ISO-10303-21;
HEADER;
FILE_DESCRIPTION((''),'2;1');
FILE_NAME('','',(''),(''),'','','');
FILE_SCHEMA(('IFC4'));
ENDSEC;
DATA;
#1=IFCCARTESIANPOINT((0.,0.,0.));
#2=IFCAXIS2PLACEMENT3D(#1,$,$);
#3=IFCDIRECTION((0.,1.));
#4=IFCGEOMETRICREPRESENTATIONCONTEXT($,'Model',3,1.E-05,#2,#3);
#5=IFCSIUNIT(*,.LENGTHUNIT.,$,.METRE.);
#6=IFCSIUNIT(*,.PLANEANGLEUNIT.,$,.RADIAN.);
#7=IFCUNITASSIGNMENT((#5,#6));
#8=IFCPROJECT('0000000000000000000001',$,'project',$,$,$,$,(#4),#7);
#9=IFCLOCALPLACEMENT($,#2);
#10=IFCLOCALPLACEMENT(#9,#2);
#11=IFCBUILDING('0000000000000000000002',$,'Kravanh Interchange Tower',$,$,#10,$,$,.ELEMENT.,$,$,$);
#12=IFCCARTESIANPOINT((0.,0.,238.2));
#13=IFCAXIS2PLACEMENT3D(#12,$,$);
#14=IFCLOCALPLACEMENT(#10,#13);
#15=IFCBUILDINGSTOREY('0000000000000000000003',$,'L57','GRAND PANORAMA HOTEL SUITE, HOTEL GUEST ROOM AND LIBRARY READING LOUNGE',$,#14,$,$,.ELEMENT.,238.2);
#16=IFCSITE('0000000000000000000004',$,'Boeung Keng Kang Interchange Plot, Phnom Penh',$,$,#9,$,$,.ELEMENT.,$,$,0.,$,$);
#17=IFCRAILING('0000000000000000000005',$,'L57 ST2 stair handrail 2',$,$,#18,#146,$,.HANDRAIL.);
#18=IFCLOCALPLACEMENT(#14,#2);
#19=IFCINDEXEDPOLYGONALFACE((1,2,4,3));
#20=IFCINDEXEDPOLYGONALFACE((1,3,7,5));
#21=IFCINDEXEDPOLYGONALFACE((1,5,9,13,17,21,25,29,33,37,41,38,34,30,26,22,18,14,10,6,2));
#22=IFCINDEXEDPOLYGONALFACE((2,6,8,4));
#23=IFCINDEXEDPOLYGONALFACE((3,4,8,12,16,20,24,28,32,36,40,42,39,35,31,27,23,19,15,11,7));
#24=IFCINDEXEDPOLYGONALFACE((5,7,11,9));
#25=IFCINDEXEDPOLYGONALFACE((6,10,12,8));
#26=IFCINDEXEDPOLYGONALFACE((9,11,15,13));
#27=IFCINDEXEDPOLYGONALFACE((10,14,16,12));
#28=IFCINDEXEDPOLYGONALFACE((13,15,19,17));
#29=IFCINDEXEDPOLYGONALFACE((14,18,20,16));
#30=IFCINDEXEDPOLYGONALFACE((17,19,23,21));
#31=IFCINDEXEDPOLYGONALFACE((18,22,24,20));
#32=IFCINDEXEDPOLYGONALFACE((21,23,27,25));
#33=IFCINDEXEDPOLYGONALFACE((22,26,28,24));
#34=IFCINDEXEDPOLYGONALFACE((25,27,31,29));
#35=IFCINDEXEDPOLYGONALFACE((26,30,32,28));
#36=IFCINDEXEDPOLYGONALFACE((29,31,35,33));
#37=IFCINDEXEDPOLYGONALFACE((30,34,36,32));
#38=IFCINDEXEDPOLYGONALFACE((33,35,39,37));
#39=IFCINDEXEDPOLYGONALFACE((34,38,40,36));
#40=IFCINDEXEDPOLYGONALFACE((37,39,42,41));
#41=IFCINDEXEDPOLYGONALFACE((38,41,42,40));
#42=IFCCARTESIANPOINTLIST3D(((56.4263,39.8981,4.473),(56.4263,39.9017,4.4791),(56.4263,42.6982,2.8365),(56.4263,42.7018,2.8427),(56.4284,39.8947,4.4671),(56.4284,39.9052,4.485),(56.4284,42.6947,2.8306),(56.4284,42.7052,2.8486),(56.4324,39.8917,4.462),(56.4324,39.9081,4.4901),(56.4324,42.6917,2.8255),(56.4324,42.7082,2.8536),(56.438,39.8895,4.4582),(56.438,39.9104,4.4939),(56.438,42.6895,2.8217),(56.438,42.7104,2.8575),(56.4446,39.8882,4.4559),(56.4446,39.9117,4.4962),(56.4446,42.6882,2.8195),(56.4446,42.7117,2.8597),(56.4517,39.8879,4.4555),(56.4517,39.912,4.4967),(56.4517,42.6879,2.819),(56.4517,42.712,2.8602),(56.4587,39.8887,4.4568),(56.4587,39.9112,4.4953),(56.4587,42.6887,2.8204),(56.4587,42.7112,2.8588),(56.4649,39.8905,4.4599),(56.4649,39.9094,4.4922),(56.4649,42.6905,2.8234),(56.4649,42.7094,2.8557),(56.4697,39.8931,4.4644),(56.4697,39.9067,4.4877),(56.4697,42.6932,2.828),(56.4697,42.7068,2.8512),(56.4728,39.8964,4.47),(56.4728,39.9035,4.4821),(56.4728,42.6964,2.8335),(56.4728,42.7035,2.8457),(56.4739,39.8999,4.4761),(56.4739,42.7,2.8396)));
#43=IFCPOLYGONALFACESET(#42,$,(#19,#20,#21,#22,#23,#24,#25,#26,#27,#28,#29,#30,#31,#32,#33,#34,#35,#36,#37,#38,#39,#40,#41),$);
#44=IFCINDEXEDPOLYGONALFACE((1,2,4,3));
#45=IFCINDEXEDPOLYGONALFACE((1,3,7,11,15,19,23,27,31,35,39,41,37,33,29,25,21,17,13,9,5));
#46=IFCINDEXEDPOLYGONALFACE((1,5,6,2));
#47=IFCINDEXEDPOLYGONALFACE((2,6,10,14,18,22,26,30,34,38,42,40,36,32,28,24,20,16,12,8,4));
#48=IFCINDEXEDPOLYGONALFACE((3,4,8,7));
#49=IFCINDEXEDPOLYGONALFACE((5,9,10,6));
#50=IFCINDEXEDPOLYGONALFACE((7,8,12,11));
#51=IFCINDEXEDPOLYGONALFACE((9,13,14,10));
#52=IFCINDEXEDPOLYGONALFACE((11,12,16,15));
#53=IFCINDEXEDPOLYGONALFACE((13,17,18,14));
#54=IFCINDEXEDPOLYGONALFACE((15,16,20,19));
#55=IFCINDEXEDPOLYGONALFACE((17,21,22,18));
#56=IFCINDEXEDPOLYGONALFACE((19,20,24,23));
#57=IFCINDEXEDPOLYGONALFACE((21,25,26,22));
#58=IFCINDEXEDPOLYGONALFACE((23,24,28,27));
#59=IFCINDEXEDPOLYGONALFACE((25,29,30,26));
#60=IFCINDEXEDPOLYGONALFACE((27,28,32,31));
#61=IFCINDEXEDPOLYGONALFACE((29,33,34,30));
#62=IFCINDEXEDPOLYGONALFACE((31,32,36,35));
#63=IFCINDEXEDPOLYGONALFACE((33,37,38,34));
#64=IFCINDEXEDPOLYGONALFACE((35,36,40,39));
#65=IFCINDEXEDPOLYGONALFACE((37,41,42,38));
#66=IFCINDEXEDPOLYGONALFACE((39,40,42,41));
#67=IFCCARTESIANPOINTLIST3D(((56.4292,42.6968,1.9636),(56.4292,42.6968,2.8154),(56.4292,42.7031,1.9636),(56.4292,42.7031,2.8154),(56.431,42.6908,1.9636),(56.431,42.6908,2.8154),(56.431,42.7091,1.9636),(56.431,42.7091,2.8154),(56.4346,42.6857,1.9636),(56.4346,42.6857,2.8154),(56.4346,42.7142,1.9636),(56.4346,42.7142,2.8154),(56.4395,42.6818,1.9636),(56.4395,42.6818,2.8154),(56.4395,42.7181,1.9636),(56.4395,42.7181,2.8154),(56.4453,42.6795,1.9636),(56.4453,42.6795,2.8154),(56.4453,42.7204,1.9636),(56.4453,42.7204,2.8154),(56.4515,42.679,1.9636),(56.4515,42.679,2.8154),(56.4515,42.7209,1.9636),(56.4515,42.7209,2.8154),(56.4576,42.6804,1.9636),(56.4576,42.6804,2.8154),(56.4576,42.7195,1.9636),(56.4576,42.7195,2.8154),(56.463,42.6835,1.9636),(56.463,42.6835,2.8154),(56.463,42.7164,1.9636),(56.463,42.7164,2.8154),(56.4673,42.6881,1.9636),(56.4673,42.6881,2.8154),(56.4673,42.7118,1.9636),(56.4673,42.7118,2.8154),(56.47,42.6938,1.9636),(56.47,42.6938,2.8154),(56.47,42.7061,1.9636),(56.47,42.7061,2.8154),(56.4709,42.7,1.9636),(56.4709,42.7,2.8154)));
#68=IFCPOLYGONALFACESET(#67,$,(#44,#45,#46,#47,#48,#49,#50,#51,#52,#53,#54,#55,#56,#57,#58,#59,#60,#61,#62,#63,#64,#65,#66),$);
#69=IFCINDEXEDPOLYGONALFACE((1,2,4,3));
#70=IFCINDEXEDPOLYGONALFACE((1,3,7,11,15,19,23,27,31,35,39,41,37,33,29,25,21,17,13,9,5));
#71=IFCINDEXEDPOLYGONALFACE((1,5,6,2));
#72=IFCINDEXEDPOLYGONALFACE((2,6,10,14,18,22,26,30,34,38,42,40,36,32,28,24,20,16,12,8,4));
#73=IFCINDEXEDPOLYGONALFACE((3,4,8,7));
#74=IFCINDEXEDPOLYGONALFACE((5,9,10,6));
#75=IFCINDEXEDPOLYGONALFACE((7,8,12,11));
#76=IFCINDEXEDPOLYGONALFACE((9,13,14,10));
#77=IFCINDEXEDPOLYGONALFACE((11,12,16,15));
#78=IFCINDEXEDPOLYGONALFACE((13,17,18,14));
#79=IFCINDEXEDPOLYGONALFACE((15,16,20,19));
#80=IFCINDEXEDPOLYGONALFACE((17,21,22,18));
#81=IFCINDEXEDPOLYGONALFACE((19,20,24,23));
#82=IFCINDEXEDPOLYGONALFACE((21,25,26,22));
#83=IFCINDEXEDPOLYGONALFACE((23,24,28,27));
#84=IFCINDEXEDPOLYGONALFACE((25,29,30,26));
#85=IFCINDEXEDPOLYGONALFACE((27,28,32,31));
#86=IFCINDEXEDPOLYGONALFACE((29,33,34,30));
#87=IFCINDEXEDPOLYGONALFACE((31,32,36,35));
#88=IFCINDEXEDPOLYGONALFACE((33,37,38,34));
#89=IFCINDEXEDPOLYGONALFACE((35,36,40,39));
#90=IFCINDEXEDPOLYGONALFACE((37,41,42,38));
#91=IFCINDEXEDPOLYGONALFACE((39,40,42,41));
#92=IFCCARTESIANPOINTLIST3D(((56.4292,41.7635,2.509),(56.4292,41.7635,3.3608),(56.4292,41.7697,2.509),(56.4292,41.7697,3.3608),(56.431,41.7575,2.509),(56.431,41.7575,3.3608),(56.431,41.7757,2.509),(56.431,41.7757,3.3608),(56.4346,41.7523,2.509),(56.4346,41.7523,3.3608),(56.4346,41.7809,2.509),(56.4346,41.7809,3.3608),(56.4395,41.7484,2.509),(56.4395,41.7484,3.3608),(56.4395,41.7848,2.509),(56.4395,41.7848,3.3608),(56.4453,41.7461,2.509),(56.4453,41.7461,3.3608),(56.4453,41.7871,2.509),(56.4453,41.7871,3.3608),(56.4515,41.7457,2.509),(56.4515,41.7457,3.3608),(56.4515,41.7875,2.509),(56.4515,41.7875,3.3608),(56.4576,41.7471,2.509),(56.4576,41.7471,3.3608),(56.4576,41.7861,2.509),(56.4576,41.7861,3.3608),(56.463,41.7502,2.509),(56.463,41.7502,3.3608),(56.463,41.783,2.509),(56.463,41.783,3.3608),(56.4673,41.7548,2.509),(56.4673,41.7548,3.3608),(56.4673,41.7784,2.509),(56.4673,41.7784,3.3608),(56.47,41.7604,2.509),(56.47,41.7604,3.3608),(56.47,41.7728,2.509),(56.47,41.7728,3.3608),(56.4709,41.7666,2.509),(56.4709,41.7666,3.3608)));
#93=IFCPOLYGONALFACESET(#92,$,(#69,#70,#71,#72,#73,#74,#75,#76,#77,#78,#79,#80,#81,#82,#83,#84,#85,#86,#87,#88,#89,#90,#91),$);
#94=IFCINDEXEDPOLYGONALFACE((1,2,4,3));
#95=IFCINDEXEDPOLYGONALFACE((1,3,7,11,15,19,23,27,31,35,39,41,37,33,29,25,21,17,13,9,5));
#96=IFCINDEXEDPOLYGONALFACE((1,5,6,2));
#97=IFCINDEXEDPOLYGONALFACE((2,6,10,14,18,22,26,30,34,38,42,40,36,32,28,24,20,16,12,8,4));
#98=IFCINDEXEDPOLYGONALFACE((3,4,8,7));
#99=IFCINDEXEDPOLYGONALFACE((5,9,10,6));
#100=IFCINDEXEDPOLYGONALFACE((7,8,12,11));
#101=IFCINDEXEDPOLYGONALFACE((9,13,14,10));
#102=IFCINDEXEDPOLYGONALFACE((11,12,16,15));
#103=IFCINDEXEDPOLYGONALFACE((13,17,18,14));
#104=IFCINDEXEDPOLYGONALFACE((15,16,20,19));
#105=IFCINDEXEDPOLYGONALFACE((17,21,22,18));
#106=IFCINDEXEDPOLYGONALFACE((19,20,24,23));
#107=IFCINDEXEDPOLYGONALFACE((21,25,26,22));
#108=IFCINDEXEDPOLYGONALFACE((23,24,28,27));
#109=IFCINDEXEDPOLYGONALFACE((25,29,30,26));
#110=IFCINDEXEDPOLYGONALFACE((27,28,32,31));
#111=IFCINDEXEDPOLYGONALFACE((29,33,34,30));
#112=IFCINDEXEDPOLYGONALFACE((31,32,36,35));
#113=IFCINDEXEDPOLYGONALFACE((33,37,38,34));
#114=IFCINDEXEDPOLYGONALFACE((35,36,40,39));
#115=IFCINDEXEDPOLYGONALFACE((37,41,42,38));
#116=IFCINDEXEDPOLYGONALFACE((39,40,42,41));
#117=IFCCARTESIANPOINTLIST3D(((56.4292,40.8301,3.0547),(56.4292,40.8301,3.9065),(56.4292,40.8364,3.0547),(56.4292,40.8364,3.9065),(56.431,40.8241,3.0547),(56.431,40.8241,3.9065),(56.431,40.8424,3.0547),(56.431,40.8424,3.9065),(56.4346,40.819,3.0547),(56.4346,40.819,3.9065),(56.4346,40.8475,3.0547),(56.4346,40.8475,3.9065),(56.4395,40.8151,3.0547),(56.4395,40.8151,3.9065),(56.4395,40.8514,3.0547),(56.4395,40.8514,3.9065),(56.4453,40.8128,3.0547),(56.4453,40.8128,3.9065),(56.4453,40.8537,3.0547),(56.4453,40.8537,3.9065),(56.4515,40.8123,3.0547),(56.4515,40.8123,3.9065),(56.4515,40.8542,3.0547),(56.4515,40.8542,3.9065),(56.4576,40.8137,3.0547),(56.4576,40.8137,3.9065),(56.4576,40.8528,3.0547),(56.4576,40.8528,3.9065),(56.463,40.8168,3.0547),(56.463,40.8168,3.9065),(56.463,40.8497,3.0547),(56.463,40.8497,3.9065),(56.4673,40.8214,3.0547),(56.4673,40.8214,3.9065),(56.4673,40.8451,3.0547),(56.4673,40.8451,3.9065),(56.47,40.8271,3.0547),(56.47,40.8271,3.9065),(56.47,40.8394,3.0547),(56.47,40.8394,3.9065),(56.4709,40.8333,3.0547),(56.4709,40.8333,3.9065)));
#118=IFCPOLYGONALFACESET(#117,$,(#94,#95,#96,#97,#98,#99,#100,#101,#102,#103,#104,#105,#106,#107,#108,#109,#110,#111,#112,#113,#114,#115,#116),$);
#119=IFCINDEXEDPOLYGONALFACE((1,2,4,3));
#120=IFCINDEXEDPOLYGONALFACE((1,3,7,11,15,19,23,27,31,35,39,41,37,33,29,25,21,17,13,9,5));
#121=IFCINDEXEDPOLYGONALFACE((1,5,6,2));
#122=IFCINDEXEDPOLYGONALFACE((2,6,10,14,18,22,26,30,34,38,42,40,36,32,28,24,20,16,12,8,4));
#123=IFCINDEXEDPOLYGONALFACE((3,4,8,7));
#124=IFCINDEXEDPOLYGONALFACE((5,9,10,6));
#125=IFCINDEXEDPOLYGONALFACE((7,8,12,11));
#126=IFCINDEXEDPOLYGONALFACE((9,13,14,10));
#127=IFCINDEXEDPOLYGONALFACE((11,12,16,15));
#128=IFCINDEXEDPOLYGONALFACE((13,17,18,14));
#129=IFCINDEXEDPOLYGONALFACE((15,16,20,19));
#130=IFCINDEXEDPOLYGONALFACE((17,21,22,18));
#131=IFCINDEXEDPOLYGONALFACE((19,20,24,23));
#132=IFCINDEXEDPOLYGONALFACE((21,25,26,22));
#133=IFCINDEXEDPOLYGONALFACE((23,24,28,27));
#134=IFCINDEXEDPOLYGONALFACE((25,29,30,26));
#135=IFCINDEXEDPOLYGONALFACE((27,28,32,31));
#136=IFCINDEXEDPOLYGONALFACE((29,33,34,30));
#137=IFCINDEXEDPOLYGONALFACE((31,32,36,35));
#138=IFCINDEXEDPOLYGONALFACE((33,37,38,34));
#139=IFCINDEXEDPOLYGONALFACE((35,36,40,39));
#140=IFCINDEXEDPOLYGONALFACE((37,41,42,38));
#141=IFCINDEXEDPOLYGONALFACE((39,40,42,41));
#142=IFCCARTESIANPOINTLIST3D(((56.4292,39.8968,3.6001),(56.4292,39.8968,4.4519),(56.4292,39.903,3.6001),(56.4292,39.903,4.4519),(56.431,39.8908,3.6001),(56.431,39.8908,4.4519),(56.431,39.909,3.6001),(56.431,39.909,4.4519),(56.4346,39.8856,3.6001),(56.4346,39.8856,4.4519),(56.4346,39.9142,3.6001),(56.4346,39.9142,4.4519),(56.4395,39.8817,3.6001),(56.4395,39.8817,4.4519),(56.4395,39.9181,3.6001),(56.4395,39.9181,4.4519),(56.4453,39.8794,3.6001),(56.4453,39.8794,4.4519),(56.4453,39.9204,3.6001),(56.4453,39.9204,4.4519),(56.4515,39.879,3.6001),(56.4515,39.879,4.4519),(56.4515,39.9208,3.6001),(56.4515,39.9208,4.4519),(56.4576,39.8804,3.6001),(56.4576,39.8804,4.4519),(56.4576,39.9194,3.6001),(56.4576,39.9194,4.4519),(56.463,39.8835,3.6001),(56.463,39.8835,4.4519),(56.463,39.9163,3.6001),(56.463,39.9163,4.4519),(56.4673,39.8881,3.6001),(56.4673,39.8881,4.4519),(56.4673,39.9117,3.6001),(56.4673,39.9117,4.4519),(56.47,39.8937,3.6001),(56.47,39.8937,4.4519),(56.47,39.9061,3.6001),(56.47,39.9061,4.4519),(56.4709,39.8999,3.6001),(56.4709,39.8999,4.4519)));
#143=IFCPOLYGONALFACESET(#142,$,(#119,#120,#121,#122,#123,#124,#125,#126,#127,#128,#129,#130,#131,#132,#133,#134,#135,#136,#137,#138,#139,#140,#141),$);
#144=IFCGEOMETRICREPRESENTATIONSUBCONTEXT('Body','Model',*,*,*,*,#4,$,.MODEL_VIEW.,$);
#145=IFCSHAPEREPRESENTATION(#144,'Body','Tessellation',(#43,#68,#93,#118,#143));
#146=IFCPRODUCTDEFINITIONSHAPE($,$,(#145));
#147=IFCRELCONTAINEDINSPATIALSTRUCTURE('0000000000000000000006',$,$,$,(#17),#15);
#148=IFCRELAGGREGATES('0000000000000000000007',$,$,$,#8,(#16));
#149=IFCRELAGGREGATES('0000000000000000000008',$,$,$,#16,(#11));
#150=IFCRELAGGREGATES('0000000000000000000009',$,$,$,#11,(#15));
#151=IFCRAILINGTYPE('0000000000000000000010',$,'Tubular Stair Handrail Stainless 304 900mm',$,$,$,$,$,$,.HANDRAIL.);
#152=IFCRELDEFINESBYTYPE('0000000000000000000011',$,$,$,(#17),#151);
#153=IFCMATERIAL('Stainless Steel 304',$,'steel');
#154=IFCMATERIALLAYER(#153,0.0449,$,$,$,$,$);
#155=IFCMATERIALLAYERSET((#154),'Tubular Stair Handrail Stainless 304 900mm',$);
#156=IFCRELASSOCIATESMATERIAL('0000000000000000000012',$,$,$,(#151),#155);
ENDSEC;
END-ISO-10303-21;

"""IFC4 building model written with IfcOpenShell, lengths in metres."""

from ifc_helpers import new_model, si_unit, direction, frame, origin, origin_2d, place, context, subcontext, project, spatial, circle, extrude, material, layer, layer_set, type_object, element, save


model = new_model("IFC4")

# Units and contexts
model_context = context("Model", 3, precision=1e-05, world=origin(), true_north=direction((0.0, 1.0)))
body_context = subcontext(model_context, "Body", "Model", "MODEL_VIEW")
ifc_project = project(units=[si_unit("LENGTHUNIT", "METRE"), si_unit("PLANEANGLEUNIT", "RADIAN")], contexts=[model_context])

# Site, building, storey
site_placement = place(None, origin())
site = spatial("IfcSite", under=ifc_project, at=site_placement, Name="Boeung Keng Kang Interchange Plot, Phnom Penh", CompositionType="ELEMENT", RefElevation=0.0)
building_placement = place(site_placement, origin())
building = spatial("IfcBuilding", under=site, at=building_placement, Name="Kravanh Interchange Tower", CompositionType="ELEMENT")
storey_placement = place(building_placement, frame((0.0, 0.0, 238.2)))
storey = spatial("IfcBuildingStorey", under=building, at=storey_placement, Name="L57", Description="GRAND PANORAMA HOTEL SUITE, HOTEL GUEST ROOM AND LIBRARY READING LOUNGE", CompositionType="ELEMENT", Elevation=238.2)

# Railing
ifc_material_1 = material(Name="Stainless Steel 304", Category="steel")
ifc_layer_1 = layer(ifc_material_1, 0.0449)
ifc_layer_set_1 = layer_set([ifc_layer_1], Name="Tubular Stair Handrail Stainless 304 900mm")
railing_type_1 = type_object("IfcRailingType", Name="Tubular Stair Handrail Stainless 304 900mm", PredefinedType="HANDRAIL", material=ifc_layer_set_1)
railing_1_placement = place(storey_placement, frame((56.45, 42.7, 1.9636)))
element("IfcRailing", 1, at=railing_1_placement, inside=storey, type_object=railing_type_1, Name="L57 ST2 stair handrail 2", PredefinedType="HANDRAIL", context=body_context, shape_type="SweptSolid", body=[
    extrude(circle(Radius=0.0239, at=origin_2d()), frame((0.0, 0.0, 0.876), z_axis=(0.0, -0.863361, 0.504587), x_axis=(1.0, 0.0, 0.0)), (0.0, 0.0, 1.0), 3.2432),
    extrude(circle(Radius=0.021, at=origin_2d()), origin(), (0.0, 0.0, 1.0), 0.8518),
    extrude(circle(Radius=0.021, at=origin_2d()), frame((0.0, -0.9333, 0.5454)), (0.0, 0.0, 1.0), 0.8518),
    extrude(circle(Radius=0.021, at=origin_2d()), frame((0.0, -1.8667, 1.0911)), (0.0, 0.0, 1.0), 0.8518),
    extrude(circle(Radius=0.021, at=origin_2d()), frame((0.0, -2.8, 1.6365)), (0.0, 0.0, 1.0), 0.8518),
])

save(model, "model.ifc")
